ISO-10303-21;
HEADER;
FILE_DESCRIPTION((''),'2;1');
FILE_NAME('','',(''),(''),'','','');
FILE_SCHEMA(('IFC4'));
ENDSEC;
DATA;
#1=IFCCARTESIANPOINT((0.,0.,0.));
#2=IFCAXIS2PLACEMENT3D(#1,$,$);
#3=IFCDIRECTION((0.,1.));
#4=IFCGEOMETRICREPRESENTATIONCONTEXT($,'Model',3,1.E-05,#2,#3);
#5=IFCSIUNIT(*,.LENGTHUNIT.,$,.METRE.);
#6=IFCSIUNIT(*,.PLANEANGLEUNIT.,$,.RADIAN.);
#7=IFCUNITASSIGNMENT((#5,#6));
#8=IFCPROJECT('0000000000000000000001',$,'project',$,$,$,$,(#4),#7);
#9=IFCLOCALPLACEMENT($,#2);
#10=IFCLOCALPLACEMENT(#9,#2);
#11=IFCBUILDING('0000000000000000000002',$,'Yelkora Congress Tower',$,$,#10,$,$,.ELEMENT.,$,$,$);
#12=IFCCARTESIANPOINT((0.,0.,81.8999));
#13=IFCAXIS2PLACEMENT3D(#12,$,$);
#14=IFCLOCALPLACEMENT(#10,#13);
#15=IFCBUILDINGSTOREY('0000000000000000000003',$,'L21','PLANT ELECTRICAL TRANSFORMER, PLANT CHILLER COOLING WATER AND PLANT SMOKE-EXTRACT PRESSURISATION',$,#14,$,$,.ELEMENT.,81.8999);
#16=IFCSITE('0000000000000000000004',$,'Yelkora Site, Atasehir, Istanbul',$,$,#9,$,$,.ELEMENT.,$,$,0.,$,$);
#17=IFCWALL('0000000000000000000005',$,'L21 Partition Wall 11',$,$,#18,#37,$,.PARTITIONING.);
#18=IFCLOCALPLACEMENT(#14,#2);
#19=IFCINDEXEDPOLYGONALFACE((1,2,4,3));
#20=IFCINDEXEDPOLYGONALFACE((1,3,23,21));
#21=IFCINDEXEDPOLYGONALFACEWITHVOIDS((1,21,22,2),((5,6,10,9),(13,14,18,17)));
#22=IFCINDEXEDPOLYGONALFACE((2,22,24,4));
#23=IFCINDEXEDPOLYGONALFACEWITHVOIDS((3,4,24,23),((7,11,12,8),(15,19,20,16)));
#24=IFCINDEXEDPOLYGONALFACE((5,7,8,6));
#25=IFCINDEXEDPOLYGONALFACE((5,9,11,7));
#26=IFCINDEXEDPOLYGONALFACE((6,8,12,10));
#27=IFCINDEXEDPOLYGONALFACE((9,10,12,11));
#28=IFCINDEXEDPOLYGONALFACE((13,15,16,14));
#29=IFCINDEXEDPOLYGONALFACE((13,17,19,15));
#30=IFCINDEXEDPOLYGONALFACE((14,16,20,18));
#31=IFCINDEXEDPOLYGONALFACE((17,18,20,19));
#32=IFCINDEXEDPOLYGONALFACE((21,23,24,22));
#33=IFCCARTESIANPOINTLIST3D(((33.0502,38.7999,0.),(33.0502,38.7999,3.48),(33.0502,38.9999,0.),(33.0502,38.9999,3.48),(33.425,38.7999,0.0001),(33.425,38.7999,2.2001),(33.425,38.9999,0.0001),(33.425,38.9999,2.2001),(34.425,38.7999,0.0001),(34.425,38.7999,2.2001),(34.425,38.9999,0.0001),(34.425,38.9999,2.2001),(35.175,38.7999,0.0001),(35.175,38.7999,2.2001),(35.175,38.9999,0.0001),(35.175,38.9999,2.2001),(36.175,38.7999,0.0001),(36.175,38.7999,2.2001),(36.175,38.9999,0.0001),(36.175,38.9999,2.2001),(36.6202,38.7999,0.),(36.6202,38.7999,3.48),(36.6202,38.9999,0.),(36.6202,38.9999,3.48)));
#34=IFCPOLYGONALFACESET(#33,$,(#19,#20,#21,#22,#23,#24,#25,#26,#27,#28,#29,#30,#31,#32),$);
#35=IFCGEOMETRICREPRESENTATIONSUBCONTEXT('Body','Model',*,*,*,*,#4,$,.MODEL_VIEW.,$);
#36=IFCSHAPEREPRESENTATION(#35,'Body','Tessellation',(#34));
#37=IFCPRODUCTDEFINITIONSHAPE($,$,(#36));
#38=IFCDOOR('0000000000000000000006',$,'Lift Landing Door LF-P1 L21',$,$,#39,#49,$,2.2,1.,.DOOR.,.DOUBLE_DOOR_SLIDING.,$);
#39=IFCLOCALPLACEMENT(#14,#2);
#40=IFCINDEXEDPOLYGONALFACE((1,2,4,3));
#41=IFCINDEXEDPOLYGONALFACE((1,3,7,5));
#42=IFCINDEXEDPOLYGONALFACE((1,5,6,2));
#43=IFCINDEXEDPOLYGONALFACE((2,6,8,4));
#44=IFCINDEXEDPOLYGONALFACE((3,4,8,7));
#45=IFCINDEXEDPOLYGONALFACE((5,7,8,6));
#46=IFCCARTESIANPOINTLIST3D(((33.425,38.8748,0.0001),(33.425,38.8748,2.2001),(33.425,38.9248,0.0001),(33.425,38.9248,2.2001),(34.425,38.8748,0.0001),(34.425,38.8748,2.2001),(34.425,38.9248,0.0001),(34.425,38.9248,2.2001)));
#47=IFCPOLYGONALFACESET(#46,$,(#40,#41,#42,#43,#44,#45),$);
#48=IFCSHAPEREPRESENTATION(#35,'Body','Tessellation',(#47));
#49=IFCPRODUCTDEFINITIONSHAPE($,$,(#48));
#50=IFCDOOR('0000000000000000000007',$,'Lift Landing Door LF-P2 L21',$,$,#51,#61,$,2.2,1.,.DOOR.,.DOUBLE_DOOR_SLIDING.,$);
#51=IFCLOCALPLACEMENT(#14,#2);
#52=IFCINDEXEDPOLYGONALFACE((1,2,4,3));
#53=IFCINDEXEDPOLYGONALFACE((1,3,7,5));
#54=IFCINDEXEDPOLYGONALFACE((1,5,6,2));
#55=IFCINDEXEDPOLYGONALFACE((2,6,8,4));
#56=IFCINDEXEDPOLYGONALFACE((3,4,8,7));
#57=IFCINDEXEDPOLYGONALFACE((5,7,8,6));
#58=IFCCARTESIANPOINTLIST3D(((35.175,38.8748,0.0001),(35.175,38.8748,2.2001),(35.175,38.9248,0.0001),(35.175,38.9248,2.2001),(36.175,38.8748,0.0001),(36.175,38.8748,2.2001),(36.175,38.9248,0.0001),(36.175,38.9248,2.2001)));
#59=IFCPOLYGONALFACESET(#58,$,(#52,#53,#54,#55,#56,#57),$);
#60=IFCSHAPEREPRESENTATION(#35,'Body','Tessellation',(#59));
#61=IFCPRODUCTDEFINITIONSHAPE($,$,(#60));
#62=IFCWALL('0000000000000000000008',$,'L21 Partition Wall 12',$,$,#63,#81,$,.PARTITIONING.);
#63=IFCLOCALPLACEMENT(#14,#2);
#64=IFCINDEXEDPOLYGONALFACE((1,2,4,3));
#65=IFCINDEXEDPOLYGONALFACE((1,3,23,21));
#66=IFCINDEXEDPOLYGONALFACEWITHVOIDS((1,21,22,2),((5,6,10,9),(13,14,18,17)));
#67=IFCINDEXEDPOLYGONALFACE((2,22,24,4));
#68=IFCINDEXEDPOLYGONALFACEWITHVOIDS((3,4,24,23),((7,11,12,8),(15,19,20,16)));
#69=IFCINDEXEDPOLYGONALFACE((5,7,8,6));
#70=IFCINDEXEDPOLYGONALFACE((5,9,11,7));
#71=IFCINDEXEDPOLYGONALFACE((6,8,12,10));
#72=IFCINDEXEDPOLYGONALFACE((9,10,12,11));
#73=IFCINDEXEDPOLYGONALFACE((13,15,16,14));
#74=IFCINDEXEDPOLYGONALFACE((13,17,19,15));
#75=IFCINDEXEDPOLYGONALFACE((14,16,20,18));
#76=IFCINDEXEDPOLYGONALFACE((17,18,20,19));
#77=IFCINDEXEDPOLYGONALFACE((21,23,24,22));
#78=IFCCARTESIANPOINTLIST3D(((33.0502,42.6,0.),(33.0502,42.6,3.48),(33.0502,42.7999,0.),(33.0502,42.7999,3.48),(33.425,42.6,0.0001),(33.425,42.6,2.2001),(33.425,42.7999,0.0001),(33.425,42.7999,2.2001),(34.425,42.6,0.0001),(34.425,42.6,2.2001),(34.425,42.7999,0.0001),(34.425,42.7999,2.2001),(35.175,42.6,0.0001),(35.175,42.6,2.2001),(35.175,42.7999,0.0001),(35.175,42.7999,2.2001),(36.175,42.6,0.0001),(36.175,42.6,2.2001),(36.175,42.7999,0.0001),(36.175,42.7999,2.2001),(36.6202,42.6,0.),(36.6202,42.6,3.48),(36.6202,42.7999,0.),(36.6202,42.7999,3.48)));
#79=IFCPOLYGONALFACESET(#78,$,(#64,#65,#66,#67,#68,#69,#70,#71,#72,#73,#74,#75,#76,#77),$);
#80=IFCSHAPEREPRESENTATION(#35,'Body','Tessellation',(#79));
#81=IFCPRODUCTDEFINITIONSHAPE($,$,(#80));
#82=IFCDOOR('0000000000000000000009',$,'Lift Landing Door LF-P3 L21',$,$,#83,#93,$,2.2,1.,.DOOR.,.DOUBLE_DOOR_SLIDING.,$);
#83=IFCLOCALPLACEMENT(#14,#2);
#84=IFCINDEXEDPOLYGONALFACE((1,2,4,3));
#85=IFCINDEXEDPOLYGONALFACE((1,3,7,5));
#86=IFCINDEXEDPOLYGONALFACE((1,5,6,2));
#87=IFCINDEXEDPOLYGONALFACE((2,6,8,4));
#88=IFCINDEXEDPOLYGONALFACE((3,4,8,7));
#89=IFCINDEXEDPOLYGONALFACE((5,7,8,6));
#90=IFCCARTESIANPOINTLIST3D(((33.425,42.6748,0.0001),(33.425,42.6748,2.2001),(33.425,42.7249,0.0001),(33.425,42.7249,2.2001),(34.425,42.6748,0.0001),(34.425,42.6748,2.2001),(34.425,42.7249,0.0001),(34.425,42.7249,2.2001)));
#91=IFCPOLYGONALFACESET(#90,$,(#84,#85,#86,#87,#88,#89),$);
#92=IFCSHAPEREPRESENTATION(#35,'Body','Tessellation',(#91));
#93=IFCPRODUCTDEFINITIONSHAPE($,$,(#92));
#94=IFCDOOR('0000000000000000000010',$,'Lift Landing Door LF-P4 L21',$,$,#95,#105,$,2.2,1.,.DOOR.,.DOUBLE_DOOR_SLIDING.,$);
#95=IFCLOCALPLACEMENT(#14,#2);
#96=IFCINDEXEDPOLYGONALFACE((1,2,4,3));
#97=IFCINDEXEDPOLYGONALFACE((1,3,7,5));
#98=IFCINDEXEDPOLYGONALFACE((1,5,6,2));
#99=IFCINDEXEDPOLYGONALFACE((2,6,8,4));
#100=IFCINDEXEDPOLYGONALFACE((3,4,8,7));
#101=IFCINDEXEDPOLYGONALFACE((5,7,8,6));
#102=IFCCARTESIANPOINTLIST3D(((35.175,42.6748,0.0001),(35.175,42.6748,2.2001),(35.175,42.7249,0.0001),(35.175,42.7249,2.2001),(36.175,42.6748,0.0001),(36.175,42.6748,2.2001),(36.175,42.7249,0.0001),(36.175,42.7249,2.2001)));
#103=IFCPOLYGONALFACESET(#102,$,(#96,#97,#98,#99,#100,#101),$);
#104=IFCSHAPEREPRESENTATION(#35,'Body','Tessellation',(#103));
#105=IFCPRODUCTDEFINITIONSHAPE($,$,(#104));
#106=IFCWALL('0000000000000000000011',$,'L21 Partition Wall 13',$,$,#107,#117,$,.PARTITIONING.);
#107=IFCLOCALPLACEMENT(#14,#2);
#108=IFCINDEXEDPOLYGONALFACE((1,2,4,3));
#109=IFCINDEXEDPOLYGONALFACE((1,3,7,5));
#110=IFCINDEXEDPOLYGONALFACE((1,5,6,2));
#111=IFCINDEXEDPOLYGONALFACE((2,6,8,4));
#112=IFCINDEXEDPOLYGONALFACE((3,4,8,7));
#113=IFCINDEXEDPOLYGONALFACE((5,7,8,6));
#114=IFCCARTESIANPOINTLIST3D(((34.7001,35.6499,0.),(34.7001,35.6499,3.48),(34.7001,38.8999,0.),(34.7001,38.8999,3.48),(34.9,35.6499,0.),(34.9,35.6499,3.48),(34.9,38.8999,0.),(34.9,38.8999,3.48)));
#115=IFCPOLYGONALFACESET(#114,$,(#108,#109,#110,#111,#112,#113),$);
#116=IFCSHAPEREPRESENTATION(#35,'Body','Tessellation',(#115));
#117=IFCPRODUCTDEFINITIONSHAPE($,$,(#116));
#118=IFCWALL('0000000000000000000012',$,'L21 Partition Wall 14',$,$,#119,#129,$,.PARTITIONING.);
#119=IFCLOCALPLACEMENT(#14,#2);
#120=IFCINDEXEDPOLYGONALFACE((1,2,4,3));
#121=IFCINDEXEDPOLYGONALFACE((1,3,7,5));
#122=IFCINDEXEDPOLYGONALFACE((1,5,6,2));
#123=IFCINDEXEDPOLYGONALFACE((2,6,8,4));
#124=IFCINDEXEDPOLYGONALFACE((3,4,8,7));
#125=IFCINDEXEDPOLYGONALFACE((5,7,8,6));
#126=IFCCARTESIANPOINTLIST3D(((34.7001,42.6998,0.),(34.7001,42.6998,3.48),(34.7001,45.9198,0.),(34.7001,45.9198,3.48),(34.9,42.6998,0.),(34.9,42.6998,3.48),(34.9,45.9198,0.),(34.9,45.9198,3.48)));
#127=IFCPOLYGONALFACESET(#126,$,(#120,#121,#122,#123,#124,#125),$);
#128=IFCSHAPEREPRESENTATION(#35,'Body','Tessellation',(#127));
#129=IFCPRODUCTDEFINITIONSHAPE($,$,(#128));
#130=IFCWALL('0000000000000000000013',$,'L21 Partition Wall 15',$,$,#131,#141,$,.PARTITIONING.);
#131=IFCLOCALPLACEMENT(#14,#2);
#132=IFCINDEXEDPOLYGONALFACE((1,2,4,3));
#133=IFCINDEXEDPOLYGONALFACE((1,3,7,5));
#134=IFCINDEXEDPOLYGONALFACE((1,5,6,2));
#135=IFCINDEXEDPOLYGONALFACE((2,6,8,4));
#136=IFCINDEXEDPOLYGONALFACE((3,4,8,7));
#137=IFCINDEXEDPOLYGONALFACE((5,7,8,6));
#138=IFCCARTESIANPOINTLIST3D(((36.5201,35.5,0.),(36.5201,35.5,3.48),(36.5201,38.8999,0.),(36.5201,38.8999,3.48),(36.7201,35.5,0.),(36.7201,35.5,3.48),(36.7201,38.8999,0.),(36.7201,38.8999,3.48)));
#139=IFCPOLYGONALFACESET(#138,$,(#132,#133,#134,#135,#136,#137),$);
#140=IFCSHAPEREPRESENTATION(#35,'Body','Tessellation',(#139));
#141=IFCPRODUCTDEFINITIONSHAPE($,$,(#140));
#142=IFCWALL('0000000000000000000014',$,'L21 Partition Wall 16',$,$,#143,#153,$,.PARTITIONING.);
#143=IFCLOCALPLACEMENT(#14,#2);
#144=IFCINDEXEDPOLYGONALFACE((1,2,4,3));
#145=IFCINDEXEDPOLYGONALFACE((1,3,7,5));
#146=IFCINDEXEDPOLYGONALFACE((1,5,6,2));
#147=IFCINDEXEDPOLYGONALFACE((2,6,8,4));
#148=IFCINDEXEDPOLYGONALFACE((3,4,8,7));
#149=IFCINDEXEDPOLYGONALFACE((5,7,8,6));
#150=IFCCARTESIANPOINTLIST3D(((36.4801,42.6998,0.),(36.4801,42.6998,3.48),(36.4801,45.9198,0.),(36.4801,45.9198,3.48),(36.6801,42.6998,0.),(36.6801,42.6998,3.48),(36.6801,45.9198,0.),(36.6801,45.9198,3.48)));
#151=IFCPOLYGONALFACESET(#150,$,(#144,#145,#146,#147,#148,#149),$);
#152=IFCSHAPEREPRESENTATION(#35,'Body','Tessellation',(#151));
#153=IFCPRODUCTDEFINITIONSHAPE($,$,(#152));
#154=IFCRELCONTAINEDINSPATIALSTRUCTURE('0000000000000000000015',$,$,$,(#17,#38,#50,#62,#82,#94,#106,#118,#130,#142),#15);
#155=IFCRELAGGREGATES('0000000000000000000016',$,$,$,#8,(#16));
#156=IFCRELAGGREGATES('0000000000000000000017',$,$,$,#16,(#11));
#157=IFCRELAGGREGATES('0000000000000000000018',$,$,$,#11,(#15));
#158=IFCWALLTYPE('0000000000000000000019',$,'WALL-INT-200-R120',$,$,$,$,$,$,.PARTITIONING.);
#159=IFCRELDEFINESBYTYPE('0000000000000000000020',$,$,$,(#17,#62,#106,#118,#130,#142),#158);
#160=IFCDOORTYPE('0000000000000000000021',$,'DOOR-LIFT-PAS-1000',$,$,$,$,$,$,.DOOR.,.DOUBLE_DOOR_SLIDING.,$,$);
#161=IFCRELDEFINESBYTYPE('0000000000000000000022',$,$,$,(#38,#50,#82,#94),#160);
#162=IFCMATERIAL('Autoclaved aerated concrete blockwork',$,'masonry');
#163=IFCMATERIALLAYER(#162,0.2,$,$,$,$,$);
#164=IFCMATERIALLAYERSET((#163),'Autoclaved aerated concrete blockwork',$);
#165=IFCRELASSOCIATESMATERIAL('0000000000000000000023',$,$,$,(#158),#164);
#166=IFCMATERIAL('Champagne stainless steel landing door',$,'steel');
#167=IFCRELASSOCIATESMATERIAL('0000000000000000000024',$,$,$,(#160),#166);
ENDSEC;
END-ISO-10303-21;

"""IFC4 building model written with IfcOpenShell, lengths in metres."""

from ifc_helpers import new_model, si_unit, direction, frame, frame_2d, origin, place, context, subcontext, project, spatial, rectangle, extrude, material, layer, layer_set, type_object, element, fill, save


model = new_model("IFC4")

# Units and contexts
model_context = context("Model", 3, precision=1e-05, world=origin(), true_north=direction((0.0, 1.0)))
body_context = subcontext(model_context, "Body", "Model", "MODEL_VIEW")
ifc_project = project(units=[si_unit("LENGTHUNIT", "METRE"), si_unit("PLANEANGLEUNIT", "RADIAN")], contexts=[model_context])

# Site, building, storey
site_placement = place(None, origin())
site = spatial("IfcSite", under=ifc_project, at=site_placement, Name="Yelkora Site, Atasehir, Istanbul", CompositionType="ELEMENT", RefElevation=0.0)
building_placement = place(site_placement, origin())
building = spatial("IfcBuilding", under=site, at=building_placement, Name="Yelkora Congress Tower", CompositionType="ELEMENT")
storey_placement = place(building_placement, frame((0.0, 0.0, 81.8999)))
storey = spatial("IfcBuildingStorey", under=building, at=storey_placement, Name="L21", Description="PLANT ELECTRICAL TRANSFORMER, PLANT CHILLER COOLING WATER AND PLANT SMOKE-EXTRACT PRESSURISATION", CompositionType="ELEMENT", Elevation=81.8999)

# Shared definitions
ifc_material_1 = material(Name="Autoclaved aerated concrete blockwork", Category="masonry")
ifc_layer_1 = layer(ifc_material_1, 0.2)
ifc_layer_set_1 = layer_set([ifc_layer_1], Name="Autoclaved aerated concrete blockwork")
wall_type_1 = type_object("IfcWallType", Name="WALL-INT-200-R120", PredefinedType="PARTITIONING", material=ifc_layer_set_1)

# Walls, openings, doors
wall_1_placement = place(storey_placement, frame((33.05, 38.8999, 0.0), z_axis=(0.0, 0.0, 1.0), x_axis=(1.0, 0.0, 0.0)))
wall_1 = element("IfcWall", 1, at=wall_1_placement, inside=storey, type_object=wall_type_1, Name="L21 Partition Wall 11", PredefinedType="PARTITIONING", context=body_context, shape_type="SweptSolid", body=[
    extrude(rectangle(XDim=3.5701, YDim=0.2, at=frame_2d((1.7852, 0.0))), origin(), (0.0, 0.0, 1.0), 3.48),
])
opening_1_placement = place(wall_1_placement, frame((0.375, 0.0, 0.0)))
opening_1 = element("IfcOpeningElement", 2, at=opening_1_placement, cuts=wall_1, PredefinedType="OPENING", context=body_context, shape_type="SweptSolid", body=[
    extrude(rectangle(XDim=1.0, YDim=2.2, at=frame_2d((0.5, 1.1001))), frame((0.0, 0.1099, 0.0), z_axis=(0.0, -1.0, 0.0), x_axis=(1.0, 0.0, 0.0)), (0.0, 0.0, 1.0), 0.22),
])
opening_2_placement = place(wall_1_placement, frame((2.125, 0.0, 0.0)))
opening_2 = element("IfcOpeningElement", 3, at=opening_2_placement, cuts=wall_1, PredefinedType="OPENING", context=body_context, shape_type="SweptSolid", body=[
    extrude(rectangle(XDim=1.0, YDim=2.2, at=frame_2d((0.5, 1.1001))), frame((0.0, 0.1099, 0.0), z_axis=(0.0, -1.0, 0.0), x_axis=(1.0, 0.0, 0.0)), (0.0, 0.0, 1.0), 0.22),
])
ifc_material_2 = material(Name="Champagne stainless steel landing door", Category="steel")
door_type_1 = type_object("IfcDoorType", Name="DOOR-LIFT-PAS-1000", OperationType="DOUBLE_DOOR_SLIDING", PredefinedType="DOOR", material=ifc_material_2)
door_1_placement = place(opening_1_placement, origin())
door_1 = element("IfcDoor", 4, at=door_1_placement, inside=storey, type_object=door_type_1, Name="Lift Landing Door LF-P1 L21", OperationType="DOUBLE_DOOR_SLIDING", OverallHeight=2.2, OverallWidth=1.0, PredefinedType="DOOR", context=body_context, shape_type="SweptSolid", body=[
    extrude(rectangle(XDim=1.0, YDim=2.2, at=frame_2d((0.5, 1.1001))), frame((0.0, 0.0249, 0.0), z_axis=(0.0, -1.0, 0.0), x_axis=(1.0, 0.0, 0.0)), (0.0, 0.0, 1.0), 0.05),
])
fill(opening_1, door_1)
door_2_placement = place(opening_2_placement, origin())
door_2 = element("IfcDoor", 5, at=door_2_placement, inside=storey, type_object=door_type_1, Name="Lift Landing Door LF-P2 L21", OperationType="DOUBLE_DOOR_SLIDING", OverallHeight=2.2, OverallWidth=1.0, PredefinedType="DOOR", context=body_context, shape_type="SweptSolid", body=[
    extrude(rectangle(XDim=1.0, YDim=2.2, at=frame_2d((0.5, 1.1001))), frame((0.0, 0.0249, 0.0), z_axis=(0.0, -1.0, 0.0), x_axis=(1.0, 0.0, 0.0)), (0.0, 0.0, 1.0), 0.05),
])
fill(opening_2, door_2)
wall_2_placement = place(storey_placement, frame((33.05, 42.7, 0.0), z_axis=(0.0, 0.0, 1.0), x_axis=(1.0, 0.0, 0.0)))
wall_2 = element("IfcWall", 6, at=wall_2_placement, inside=storey, type_object=wall_type_1, Name="L21 Partition Wall 12", PredefinedType="PARTITIONING", context=body_context, shape_type="SweptSolid", body=[
    extrude(rectangle(XDim=3.5701, YDim=0.2, at=frame_2d((1.7852, 0.0))), origin(), (0.0, 0.0, 1.0), 3.48),
])
opening_3_placement = place(wall_2_placement, frame((0.375, 0.0, 0.0)))
opening_3 = element("IfcOpeningElement", 7, at=opening_3_placement, cuts=wall_2, PredefinedType="OPENING", context=body_context, shape_type="SweptSolid", body=[
    extrude(rectangle(XDim=1.0, YDim=2.2, at=frame_2d((0.5, 1.1001))), frame((0.0, 0.1099, 0.0), z_axis=(0.0, -1.0, 0.0), x_axis=(1.0, 0.0, 0.0)), (0.0, 0.0, 1.0), 0.22),
])
opening_4_placement = place(wall_2_placement, frame((2.125, 0.0, 0.0)))
opening_4 = element("IfcOpeningElement", 8, at=opening_4_placement, cuts=wall_2, PredefinedType="OPENING", context=body_context, shape_type="SweptSolid", body=[
    extrude(rectangle(XDim=1.0, YDim=2.2, at=frame_2d((0.5, 1.1001))), frame((0.0, 0.1099, 0.0), z_axis=(0.0, -1.0, 0.0), x_axis=(1.0, 0.0, 0.0)), (0.0, 0.0, 1.0), 0.22),
])
door_3_placement = place(opening_3_placement, origin())
door_3 = element("IfcDoor", 9, at=door_3_placement, inside=storey, type_object=door_type_1, Name="Lift Landing Door LF-P3 L21", OperationType="DOUBLE_DOOR_SLIDING", OverallHeight=2.2, OverallWidth=1.0, PredefinedType="DOOR", context=body_context, shape_type="SweptSolid", body=[
    extrude(rectangle(XDim=1.0, YDim=2.2, at=frame_2d((0.5, 1.1001))), frame((0.0, 0.0249, 0.0), z_axis=(0.0, -1.0, 0.0), x_axis=(1.0, 0.0, 0.0)), (0.0, 0.0, 1.0), 0.05),
])
fill(opening_3, door_3)
door_4_placement = place(opening_4_placement, origin())
door_4 = element("IfcDoor", 10, at=door_4_placement, inside=storey, type_object=door_type_1, Name="Lift Landing Door LF-P4 L21", OperationType="DOUBLE_DOOR_SLIDING", OverallHeight=2.2, OverallWidth=1.0, PredefinedType="DOOR", context=body_context, shape_type="SweptSolid", body=[
    extrude(rectangle(XDim=1.0, YDim=2.2, at=frame_2d((0.5, 1.1001))), frame((0.0, 0.0249, 0.0), z_axis=(0.0, -1.0, 0.0), x_axis=(1.0, 0.0, 0.0)), (0.0, 0.0, 1.0), 0.05),
])
fill(opening_4, door_4)

# Walls
wall_3_placement = place(storey_placement, frame((34.8, 35.6499, 0.0), z_axis=(0.0, 0.0, 1.0), x_axis=(0.0, 1.0, 0.0)))
element("IfcWall", 11, at=wall_3_placement, inside=storey, type_object=wall_type_1, Name="L21 Partition Wall 13", PredefinedType="PARTITIONING", context=body_context, shape_type="SweptSolid", body=[
    extrude(rectangle(XDim=3.25, YDim=0.2, at=frame_2d((1.625, 0.0))), origin(), (0.0, 0.0, 1.0), 3.48),
])
wall_4_placement = place(storey_placement, frame((34.8, 42.7, 0.0), z_axis=(0.0, 0.0, 1.0), x_axis=(0.0, 1.0, 0.0)))
element("IfcWall", 12, at=wall_4_placement, inside=storey, type_object=wall_type_1, Name="L21 Partition Wall 14", PredefinedType="PARTITIONING", context=body_context, shape_type="SweptSolid", body=[
    extrude(rectangle(XDim=3.22, YDim=0.2, at=frame_2d((1.6099, 0.0))), origin(), (0.0, 0.0, 1.0), 3.48),
])
wall_5_placement = place(storey_placement, frame((36.6201, 35.5, 0.0), z_axis=(0.0, 0.0, 1.0), x_axis=(0.0, 1.0, 0.0)))
element("IfcWall", 13, at=wall_5_placement, inside=storey, type_object=wall_type_1, Name="L21 Partition Wall 15", PredefinedType="PARTITIONING", context=body_context, shape_type="SweptSolid", body=[
    extrude(rectangle(XDim=3.3999, YDim=0.2, at=frame_2d((1.7, 0.0))), origin(), (0.0, 0.0, 1.0), 3.48),
])
wall_6_placement = place(storey_placement, frame((36.5801, 42.7, 0.0), z_axis=(0.0, 0.0, 1.0), x_axis=(0.0, 1.0, 0.0)))
element("IfcWall", 14, at=wall_6_placement, inside=storey, type_object=wall_type_1, Name="L21 Partition Wall 16", PredefinedType="PARTITIONING", context=body_context, shape_type="SweptSolid", body=[
    extrude(rectangle(XDim=3.22, YDim=0.2, at=frame_2d((1.6099, 0.0))), origin(), (0.0, 0.0, 1.0), 3.48),
])

save(model, "model.ifc")
